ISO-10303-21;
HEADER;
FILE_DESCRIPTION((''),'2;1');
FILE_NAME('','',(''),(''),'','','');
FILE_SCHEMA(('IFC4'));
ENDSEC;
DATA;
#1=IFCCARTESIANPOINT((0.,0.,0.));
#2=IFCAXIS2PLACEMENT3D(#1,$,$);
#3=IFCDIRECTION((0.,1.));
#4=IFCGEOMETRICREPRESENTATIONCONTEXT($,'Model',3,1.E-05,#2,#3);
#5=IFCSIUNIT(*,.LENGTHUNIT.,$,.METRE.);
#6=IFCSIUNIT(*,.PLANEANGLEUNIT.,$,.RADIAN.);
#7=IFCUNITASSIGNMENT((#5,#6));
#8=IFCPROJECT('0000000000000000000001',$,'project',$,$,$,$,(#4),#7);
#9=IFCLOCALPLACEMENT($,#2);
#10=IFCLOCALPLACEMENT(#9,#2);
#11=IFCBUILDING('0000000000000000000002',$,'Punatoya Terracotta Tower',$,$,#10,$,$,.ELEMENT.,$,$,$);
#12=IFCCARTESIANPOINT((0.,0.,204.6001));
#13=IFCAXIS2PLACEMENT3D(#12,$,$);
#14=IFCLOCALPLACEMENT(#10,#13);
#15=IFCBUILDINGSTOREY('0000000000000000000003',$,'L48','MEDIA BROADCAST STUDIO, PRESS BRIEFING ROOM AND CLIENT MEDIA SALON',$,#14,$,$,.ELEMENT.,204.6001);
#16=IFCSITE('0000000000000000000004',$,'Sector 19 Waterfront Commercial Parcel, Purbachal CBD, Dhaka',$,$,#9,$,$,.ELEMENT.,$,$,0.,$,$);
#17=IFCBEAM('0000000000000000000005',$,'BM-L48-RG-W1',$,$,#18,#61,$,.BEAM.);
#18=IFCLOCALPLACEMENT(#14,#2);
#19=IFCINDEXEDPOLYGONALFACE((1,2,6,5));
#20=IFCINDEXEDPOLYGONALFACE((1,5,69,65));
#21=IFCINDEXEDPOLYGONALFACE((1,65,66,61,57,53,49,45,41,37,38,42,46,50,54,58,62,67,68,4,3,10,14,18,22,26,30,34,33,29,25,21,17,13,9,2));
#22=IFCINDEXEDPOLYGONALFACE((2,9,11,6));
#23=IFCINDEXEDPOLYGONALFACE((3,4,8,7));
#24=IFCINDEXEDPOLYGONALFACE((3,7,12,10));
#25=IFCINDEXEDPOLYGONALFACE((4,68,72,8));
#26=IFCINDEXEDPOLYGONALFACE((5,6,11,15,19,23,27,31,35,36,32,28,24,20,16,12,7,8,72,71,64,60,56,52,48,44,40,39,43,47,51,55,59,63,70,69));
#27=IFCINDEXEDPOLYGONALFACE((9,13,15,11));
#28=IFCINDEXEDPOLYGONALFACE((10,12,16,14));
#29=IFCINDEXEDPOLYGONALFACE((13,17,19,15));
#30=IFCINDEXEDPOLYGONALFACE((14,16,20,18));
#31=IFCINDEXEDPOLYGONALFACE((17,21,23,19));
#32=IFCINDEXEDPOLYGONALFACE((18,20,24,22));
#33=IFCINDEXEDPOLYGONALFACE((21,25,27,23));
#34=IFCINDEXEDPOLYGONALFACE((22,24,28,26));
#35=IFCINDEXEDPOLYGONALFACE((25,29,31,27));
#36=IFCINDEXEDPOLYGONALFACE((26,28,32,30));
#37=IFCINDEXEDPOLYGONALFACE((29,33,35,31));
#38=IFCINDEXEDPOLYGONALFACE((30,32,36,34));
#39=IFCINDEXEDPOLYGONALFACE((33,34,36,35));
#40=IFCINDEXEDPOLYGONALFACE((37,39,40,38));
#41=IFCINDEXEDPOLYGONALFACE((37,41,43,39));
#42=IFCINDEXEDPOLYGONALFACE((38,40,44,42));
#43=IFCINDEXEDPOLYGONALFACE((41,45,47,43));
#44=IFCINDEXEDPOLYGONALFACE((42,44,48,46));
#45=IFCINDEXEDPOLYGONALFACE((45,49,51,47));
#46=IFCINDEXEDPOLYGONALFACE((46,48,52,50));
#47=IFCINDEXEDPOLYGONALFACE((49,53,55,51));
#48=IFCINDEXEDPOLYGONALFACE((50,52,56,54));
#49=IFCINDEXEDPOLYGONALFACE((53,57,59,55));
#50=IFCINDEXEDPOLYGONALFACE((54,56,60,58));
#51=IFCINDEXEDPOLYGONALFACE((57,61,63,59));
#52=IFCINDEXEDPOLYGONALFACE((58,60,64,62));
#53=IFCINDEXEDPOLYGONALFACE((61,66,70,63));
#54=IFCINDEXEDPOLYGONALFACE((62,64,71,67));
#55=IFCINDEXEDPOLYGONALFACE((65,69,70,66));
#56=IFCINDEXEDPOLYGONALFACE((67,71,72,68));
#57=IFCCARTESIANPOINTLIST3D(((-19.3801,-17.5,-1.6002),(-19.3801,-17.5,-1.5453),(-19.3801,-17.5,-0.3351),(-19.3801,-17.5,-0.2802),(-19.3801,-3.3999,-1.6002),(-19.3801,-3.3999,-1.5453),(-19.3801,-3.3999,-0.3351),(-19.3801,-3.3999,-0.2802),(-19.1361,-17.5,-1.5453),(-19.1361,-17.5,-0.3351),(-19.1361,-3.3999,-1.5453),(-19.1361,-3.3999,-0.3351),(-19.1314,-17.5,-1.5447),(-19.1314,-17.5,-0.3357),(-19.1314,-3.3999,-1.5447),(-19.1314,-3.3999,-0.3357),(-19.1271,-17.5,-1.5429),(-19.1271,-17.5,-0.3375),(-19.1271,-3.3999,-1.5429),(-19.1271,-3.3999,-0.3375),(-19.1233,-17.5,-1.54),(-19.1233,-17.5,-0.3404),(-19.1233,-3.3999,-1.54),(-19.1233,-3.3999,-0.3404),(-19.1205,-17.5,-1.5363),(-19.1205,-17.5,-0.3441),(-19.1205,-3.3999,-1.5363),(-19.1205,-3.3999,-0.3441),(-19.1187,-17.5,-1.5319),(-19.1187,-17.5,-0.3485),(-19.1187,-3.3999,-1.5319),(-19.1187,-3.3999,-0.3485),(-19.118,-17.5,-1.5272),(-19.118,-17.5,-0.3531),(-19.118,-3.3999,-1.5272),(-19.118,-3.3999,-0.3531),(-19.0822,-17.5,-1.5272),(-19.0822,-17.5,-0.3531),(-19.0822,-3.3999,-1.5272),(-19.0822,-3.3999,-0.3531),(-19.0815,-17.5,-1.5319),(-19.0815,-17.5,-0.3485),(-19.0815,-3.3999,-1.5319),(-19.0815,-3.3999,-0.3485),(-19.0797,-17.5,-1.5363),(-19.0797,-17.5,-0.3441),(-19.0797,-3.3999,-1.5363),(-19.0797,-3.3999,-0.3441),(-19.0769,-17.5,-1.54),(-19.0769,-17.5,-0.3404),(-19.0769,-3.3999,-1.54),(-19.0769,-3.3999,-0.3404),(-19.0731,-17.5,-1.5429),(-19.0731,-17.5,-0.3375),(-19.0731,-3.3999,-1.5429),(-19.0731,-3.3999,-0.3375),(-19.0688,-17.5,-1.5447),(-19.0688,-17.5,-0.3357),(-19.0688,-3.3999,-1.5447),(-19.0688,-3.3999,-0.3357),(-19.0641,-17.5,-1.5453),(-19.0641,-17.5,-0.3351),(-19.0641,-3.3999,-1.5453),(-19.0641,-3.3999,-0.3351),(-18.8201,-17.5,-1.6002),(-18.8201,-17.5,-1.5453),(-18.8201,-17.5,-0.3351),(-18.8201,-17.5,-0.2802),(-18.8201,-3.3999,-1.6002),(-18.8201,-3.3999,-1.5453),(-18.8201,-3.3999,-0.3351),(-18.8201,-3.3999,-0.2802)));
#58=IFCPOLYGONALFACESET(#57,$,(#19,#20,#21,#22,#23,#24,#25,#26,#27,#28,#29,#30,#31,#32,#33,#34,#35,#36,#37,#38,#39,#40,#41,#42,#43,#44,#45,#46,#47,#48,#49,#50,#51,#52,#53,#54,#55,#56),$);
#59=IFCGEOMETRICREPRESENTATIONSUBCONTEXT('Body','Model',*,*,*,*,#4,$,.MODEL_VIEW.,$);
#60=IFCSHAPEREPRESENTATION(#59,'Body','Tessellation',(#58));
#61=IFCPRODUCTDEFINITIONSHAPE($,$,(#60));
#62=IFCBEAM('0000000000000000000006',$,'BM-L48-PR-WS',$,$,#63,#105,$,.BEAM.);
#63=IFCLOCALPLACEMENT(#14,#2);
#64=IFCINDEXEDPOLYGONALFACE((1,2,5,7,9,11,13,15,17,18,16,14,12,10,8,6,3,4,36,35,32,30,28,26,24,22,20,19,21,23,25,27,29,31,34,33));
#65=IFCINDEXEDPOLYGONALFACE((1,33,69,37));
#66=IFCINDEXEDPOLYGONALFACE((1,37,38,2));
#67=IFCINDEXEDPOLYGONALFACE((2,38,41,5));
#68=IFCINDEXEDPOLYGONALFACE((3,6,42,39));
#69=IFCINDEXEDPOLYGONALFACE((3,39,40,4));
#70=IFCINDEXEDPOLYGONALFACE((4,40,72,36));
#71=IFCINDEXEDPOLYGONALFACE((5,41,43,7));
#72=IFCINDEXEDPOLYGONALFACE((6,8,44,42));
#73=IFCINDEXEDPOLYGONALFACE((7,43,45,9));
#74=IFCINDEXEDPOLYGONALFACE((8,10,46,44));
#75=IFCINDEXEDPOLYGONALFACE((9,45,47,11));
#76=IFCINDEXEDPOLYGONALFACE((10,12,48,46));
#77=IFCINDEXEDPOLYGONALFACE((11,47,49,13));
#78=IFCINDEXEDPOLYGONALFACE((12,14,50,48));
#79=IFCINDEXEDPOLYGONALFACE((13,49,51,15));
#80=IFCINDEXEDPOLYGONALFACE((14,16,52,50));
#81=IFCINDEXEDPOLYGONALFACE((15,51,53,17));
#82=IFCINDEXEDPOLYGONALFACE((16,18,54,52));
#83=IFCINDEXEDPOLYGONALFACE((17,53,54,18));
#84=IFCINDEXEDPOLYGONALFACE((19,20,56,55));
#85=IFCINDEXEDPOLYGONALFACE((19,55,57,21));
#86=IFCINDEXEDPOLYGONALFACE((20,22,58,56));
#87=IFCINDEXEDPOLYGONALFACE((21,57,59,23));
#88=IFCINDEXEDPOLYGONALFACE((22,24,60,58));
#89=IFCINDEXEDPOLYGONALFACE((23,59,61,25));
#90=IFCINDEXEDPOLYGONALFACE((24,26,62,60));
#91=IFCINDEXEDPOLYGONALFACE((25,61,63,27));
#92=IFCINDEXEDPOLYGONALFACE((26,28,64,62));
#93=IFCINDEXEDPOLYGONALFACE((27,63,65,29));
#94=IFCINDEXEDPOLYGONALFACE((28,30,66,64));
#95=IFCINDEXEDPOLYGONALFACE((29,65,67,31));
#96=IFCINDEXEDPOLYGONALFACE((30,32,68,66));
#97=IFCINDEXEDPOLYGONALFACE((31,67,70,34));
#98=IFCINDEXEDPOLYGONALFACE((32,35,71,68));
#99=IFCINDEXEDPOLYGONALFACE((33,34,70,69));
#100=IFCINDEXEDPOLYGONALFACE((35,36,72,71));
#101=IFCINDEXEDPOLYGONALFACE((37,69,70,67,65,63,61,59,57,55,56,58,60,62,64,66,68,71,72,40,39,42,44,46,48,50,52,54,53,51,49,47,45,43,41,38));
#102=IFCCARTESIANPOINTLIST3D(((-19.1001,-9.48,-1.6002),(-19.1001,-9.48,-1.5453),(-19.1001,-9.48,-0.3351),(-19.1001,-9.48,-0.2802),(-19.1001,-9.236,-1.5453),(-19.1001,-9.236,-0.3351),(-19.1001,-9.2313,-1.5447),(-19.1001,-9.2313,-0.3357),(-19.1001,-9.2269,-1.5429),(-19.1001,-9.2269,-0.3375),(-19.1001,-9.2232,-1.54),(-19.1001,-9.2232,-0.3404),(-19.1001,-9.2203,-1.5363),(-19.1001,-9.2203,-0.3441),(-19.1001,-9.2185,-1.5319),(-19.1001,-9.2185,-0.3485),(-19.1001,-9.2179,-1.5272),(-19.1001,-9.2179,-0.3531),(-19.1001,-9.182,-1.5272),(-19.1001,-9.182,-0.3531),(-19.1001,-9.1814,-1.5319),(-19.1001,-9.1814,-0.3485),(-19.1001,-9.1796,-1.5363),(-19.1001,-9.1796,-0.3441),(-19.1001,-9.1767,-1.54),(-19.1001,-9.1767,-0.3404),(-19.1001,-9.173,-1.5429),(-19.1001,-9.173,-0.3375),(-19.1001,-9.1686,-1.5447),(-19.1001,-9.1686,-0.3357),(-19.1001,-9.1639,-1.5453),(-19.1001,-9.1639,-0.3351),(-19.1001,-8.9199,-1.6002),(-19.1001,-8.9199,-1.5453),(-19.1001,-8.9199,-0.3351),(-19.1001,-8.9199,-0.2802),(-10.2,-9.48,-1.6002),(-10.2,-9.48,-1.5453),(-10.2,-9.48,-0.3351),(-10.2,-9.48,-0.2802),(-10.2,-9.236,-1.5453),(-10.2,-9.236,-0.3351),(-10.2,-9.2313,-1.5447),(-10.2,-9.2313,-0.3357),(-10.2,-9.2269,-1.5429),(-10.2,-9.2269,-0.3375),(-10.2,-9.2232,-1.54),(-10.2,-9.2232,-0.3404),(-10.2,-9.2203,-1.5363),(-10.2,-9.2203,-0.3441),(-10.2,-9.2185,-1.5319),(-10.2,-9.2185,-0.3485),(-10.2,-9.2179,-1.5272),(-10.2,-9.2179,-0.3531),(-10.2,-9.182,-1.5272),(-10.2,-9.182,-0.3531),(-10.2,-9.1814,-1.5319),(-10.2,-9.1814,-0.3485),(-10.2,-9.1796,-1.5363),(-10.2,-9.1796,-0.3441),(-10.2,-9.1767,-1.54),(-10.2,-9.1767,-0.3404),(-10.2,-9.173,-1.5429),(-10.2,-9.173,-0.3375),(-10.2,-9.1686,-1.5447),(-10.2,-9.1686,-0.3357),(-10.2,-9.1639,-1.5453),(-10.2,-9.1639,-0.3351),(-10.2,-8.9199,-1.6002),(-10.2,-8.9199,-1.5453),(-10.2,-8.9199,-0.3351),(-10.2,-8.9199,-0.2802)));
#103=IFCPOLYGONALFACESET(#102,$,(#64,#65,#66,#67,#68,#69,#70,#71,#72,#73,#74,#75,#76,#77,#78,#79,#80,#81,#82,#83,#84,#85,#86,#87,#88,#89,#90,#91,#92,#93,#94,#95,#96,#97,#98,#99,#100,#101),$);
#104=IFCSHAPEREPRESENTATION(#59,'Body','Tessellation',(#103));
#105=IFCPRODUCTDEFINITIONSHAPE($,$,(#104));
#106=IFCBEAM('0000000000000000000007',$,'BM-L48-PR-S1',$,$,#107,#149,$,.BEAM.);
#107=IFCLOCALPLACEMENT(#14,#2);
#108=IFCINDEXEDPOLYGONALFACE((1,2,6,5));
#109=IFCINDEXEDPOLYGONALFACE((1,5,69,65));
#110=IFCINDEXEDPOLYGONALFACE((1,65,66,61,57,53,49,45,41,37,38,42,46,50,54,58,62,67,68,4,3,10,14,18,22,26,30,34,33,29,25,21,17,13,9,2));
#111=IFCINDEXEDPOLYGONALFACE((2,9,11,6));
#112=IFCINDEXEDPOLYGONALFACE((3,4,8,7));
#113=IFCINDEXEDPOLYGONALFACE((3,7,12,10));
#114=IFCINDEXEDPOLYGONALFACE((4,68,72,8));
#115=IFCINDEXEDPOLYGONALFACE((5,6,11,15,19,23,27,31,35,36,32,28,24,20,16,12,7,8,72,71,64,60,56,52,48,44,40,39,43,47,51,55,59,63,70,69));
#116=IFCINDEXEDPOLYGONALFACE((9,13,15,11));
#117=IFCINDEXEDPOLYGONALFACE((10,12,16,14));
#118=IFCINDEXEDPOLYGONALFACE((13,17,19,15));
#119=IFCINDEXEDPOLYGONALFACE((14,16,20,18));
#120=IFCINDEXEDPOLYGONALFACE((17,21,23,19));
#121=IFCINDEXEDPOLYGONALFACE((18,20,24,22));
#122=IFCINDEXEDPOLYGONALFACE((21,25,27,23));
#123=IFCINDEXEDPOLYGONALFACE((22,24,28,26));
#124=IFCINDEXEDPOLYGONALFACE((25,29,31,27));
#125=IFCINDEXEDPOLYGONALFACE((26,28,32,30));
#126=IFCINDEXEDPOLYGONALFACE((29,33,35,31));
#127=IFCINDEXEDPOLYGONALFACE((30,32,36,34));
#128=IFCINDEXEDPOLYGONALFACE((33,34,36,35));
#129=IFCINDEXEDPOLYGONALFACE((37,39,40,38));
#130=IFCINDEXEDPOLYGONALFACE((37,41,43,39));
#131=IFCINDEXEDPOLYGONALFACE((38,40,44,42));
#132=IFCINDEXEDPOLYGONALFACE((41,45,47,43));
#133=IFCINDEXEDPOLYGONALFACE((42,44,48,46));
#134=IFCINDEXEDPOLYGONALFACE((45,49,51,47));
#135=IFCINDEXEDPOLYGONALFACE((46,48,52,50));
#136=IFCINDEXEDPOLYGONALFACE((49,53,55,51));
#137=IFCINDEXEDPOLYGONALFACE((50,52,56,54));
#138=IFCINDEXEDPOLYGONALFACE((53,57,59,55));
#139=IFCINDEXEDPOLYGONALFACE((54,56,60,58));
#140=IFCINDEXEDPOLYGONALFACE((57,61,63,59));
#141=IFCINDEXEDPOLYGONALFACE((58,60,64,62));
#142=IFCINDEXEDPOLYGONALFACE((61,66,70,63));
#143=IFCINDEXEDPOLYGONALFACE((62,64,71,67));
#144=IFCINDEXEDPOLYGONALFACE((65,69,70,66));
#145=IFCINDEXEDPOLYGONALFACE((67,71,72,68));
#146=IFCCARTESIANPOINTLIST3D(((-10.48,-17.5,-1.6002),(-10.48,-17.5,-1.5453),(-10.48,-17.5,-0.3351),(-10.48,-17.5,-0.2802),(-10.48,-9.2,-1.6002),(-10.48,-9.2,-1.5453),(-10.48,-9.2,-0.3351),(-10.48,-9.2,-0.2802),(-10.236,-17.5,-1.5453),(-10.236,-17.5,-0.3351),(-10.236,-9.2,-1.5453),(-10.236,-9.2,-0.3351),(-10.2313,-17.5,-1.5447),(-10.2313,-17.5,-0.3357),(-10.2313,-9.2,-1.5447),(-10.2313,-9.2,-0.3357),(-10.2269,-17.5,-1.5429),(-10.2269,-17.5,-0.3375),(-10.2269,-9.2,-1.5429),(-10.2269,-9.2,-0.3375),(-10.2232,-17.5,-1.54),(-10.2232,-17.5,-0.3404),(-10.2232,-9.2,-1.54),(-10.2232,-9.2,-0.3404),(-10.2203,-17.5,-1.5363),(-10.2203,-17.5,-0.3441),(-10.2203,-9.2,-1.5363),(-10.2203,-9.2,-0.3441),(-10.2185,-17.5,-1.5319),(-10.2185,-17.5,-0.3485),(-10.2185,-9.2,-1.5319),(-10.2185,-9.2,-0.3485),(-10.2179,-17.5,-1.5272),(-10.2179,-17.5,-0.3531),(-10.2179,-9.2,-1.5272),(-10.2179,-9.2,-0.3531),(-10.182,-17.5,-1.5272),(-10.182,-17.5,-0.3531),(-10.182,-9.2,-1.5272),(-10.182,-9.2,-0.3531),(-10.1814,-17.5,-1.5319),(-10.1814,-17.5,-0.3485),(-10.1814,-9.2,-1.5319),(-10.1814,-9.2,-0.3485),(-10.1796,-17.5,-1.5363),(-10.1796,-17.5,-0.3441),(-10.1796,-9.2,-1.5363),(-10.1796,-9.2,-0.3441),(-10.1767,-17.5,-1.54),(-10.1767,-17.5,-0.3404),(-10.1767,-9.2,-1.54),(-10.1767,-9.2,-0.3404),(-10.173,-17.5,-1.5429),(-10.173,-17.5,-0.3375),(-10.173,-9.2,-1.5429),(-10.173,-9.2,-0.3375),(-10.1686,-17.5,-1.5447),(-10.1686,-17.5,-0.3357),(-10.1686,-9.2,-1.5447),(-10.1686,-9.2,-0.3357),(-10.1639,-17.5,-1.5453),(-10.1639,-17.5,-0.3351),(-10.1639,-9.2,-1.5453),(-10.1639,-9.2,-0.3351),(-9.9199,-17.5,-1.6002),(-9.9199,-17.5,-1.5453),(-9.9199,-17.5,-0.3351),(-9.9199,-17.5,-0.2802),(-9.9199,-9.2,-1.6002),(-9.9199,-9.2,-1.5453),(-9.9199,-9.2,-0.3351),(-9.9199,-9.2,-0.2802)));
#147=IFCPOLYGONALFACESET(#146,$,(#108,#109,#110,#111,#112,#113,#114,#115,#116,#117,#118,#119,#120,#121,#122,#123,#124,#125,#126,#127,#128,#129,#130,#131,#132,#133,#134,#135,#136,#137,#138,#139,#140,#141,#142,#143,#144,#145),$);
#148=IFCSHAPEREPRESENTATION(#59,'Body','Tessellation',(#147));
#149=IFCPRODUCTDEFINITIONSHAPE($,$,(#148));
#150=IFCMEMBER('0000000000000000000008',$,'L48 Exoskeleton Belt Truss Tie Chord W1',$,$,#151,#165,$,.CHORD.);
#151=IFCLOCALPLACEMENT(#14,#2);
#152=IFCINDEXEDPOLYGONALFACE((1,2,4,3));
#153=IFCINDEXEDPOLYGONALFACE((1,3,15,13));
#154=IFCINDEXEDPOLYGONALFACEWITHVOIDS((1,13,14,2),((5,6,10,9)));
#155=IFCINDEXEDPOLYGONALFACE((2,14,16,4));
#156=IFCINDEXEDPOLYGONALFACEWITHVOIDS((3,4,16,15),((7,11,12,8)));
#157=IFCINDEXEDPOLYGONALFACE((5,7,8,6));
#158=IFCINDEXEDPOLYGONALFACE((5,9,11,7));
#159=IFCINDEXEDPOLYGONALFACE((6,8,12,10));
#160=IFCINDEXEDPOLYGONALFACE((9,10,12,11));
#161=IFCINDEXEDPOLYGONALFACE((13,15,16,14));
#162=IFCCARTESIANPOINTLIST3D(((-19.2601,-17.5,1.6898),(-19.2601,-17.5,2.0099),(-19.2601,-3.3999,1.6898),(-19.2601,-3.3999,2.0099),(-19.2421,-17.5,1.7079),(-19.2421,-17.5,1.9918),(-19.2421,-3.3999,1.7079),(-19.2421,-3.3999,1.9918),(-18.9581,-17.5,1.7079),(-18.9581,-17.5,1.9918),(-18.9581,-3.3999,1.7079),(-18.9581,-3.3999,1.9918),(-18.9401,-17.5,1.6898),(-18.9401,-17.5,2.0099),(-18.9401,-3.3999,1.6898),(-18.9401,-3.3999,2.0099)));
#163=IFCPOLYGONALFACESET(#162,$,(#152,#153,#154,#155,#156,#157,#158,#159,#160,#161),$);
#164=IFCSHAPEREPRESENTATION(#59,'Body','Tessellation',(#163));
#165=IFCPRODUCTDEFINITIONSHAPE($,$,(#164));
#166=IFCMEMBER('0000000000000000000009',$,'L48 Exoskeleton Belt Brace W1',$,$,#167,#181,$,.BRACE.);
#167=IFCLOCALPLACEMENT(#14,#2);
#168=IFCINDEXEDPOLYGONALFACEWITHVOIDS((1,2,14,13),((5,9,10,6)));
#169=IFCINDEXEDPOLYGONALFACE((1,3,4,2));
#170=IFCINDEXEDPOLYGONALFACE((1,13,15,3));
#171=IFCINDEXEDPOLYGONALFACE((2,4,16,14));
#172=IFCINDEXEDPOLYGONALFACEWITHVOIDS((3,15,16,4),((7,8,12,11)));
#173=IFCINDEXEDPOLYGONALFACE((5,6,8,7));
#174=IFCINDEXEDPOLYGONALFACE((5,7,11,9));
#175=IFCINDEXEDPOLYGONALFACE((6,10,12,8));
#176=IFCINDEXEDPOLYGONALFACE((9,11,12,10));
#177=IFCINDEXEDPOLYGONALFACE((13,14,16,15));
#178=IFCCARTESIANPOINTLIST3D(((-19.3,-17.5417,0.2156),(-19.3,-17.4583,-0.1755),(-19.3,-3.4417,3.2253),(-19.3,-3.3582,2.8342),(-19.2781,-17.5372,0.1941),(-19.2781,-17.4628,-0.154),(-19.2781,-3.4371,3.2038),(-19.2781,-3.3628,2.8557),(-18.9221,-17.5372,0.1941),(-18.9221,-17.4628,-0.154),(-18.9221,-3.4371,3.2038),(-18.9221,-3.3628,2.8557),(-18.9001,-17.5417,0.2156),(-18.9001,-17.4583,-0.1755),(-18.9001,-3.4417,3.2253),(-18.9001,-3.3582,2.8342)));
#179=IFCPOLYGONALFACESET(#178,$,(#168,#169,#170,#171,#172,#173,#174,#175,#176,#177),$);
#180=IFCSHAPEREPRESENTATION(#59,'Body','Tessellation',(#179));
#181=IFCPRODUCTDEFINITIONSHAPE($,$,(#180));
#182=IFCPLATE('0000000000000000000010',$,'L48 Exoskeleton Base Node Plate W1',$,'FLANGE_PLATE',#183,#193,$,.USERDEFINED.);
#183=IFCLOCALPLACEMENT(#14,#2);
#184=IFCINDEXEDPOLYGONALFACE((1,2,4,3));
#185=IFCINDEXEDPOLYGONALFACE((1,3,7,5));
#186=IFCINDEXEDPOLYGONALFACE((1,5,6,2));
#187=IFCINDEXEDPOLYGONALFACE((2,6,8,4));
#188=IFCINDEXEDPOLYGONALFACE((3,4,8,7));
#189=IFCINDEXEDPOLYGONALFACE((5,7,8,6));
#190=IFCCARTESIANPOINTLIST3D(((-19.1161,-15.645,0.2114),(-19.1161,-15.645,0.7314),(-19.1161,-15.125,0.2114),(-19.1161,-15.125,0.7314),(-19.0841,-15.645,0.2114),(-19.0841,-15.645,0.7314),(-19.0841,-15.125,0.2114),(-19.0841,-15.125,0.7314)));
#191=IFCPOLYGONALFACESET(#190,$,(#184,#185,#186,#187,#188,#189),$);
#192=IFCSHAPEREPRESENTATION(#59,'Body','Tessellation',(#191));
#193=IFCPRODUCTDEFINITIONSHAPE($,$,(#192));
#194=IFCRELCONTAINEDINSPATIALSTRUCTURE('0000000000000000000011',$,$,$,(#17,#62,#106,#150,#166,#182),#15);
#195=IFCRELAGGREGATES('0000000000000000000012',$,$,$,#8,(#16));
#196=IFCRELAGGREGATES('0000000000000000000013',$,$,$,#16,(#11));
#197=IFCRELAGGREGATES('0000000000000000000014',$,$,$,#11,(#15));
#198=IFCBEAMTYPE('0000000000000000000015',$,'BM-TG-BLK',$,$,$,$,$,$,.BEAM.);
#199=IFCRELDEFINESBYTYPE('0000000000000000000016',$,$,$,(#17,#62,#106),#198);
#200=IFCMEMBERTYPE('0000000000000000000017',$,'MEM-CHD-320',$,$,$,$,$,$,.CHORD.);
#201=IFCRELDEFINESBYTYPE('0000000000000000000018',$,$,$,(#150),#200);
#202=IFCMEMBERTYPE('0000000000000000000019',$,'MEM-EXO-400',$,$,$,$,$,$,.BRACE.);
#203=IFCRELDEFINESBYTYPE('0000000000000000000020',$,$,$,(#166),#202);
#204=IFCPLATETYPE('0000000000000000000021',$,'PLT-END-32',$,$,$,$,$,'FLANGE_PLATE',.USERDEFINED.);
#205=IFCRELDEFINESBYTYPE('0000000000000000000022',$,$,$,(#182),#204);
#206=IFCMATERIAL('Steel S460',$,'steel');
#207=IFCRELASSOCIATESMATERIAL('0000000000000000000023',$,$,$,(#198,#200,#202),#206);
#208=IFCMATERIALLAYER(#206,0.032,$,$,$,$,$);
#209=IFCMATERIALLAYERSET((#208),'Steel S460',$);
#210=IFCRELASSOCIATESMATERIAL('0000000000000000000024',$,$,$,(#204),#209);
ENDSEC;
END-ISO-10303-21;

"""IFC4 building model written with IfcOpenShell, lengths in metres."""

from ifc_helpers import new_model, si_unit, direction, frame, origin, origin_2d, place, context, subcontext, project, spatial, rectangle, hollow_rectangle, i_section, extrude, material, layer, layer_set, material_profile, profile_set, type_object, element, save


model = new_model("IFC4")

# Units and contexts
model_context = context("Model", 3, precision=1e-05, world=origin(), true_north=direction((0.0, 1.0)))
body_context = subcontext(model_context, "Body", "Model", "MODEL_VIEW")
ifc_project = project(units=[si_unit("LENGTHUNIT", "METRE"), si_unit("PLANEANGLEUNIT", "RADIAN")], contexts=[model_context])

# Site, building, storey
site_placement = place(None, origin())
site = spatial("IfcSite", under=ifc_project, at=site_placement, Name="Sector 19 Waterfront Commercial Parcel, Purbachal CBD, Dhaka", CompositionType="ELEMENT", RefElevation=0.0)
building_placement = place(site_placement, origin())
building = spatial("IfcBuilding", under=site, at=building_placement, Name="Punatoya Terracotta Tower", CompositionType="ELEMENT")
storey_placement = place(building_placement, frame((0.0, 0.0, 204.6001)))
storey = spatial("IfcBuildingStorey", under=building, at=storey_placement, Name="L48", Description="MEDIA BROADCAST STUDIO, PRESS BRIEFING ROOM AND CLIENT MEDIA SALON", CompositionType="ELEMENT", Elevation=204.6001)

# Shared definitions
ifc_material_1 = material(Name="Steel S460", Category="steel")

# Beams
ifc_material_profile_1 = material_profile(ifc_material_1, i_section(OverallWidth=0.5601, OverallDepth=1.3201, WebThickness=0.0359, FlangeThickness=0.0549, FilletRadius=0.0181, at=origin_2d()))
ifc_profile_set_1 = profile_set([ifc_material_profile_1], Name="Steel S460")
beam_type_1 = type_object("IfcBeamType", Name="BM-TG-BLK", PredefinedType="BEAM", material=ifc_profile_set_1)
beam_1_placement = place(storey_placement, frame((-19.1001, -17.5, -0.9402), z_axis=(0.0, 1.0, 0.0), x_axis=(-1.0, 0.0, 0.0)))
element("IfcBeam", 1, at=beam_1_placement, inside=storey, type_object=beam_type_1, Name="BM-L48-RG-W1", PredefinedType="BEAM", context=body_context, shape_type="SweptSolid", body=[
    extrude(i_section(OverallWidth=0.5601, OverallDepth=1.3201, WebThickness=0.0359, FlangeThickness=0.0549, FilletRadius=0.0181, at=origin_2d()), origin(), (0.0, 0.0, 1.0), 14.1001),
])
beam_2_placement = place(storey_placement, frame((-19.1001, -9.2, -0.9402), z_axis=(1.0, 0.0, 0.0), x_axis=(0.0, 1.0, 0.0)))
element("IfcBeam", 2, at=beam_2_placement, inside=storey, type_object=beam_type_1, Name="BM-L48-PR-WS", PredefinedType="BEAM", context=body_context, shape_type="SweptSolid", body=[
    extrude(i_section(OverallWidth=0.5601, OverallDepth=1.3201, WebThickness=0.0359, FlangeThickness=0.0549, FilletRadius=0.0181, at=origin_2d()), origin(), (0.0, 0.0, 1.0), 8.9001),
])
beam_3_placement = place(storey_placement, frame((-10.2, -17.5, -0.9402), z_axis=(0.0, 1.0, 0.0), x_axis=(-1.0, 0.0, 0.0)))
element("IfcBeam", 3, at=beam_3_placement, inside=storey, type_object=beam_type_1, Name="BM-L48-PR-S1", PredefinedType="BEAM", context=body_context, shape_type="SweptSolid", body=[
    extrude(i_section(OverallWidth=0.5601, OverallDepth=1.3201, WebThickness=0.0359, FlangeThickness=0.0549, FilletRadius=0.0181, at=origin_2d()), origin(), (0.0, 0.0, 1.0), 8.3),
])

# Members
ifc_material_profile_2 = material_profile(ifc_material_1, hollow_rectangle(XDim=0.3201, YDim=0.3201, WallThickness=0.0181, at=origin_2d()))
ifc_profile_set_2 = profile_set([ifc_material_profile_2], Name="Steel S460")
member_type_1 = type_object("IfcMemberType", Name="MEM-CHD-320", PredefinedType="CHORD", material=ifc_profile_set_2)
member_1_placement = place(storey_placement, frame((-19.1001, -17.5, 1.8499), z_axis=(0.0, 1.0, 0.0), x_axis=(-1.0, 0.0, 0.0)))
element("IfcMember", 4, at=member_1_placement, inside=storey, type_object=member_type_1, Name="L48 Exoskeleton Belt Truss Tie Chord W1", PredefinedType="CHORD", context=body_context, shape_type="SweptSolid", body=[
    extrude(hollow_rectangle(XDim=0.3201, YDim=0.3201, WallThickness=0.0181, at=origin_2d()), origin(), (0.0, 0.0, 1.0), 14.1001),
])
ifc_material_profile_3 = material_profile(ifc_material_1, hollow_rectangle(XDim=0.3999, YDim=0.3999, WallThickness=0.022, at=origin_2d()))
ifc_profile_set_3 = profile_set([ifc_material_profile_3], Name="Steel S460")
member_type_2 = type_object("IfcMemberType", Name="MEM-EXO-400", PredefinedType="BRACE", material=ifc_profile_set_3)
member_2_placement = place(storey_placement, frame((-19.1001, -17.5, 0.02), z_axis=(0.0, 0.977968, 0.208754), x_axis=(-1.0, 0.0, 0.0)))
element("IfcMember", 5, at=member_2_placement, inside=storey, type_object=member_type_2, Name="L48 Exoskeleton Belt Brace W1", PredefinedType="BRACE", context=body_context, shape_type="SweptSolid", body=[
    extrude(hollow_rectangle(XDim=0.3999, YDim=0.3999, WallThickness=0.022, at=origin_2d()), origin(), (0.0, 0.0, 1.0), 14.4177),
])

# Plate
ifc_layer_1 = layer(ifc_material_1, 0.032)
ifc_layer_set_1 = layer_set([ifc_layer_1], Name="Steel S460")
plate_type_1 = type_object("IfcPlateType", Name="PLT-END-32", ElementType="FLANGE_PLATE", PredefinedType="USERDEFINED", material=ifc_layer_set_1)
plate_1_placement = place(storey_placement, frame((-19.1001, -15.385, 0.2114), z_axis=(0.0, 0.0, 1.0), x_axis=(0.0, 1.0, 0.0)))
element("IfcPlate", 6, at=plate_1_placement, inside=storey, type_object=plate_type_1, Name="L48 Exoskeleton Base Node Plate W1", ObjectType="FLANGE_PLATE", PredefinedType="USERDEFINED", context=body_context, shape_type="SweptSolid", body=[
    extrude(rectangle(XDim=0.52, YDim=0.032, at=origin_2d()), origin(), (0.0, 0.0, 1.0), 0.52),
])

save(model, "model.ifc")
